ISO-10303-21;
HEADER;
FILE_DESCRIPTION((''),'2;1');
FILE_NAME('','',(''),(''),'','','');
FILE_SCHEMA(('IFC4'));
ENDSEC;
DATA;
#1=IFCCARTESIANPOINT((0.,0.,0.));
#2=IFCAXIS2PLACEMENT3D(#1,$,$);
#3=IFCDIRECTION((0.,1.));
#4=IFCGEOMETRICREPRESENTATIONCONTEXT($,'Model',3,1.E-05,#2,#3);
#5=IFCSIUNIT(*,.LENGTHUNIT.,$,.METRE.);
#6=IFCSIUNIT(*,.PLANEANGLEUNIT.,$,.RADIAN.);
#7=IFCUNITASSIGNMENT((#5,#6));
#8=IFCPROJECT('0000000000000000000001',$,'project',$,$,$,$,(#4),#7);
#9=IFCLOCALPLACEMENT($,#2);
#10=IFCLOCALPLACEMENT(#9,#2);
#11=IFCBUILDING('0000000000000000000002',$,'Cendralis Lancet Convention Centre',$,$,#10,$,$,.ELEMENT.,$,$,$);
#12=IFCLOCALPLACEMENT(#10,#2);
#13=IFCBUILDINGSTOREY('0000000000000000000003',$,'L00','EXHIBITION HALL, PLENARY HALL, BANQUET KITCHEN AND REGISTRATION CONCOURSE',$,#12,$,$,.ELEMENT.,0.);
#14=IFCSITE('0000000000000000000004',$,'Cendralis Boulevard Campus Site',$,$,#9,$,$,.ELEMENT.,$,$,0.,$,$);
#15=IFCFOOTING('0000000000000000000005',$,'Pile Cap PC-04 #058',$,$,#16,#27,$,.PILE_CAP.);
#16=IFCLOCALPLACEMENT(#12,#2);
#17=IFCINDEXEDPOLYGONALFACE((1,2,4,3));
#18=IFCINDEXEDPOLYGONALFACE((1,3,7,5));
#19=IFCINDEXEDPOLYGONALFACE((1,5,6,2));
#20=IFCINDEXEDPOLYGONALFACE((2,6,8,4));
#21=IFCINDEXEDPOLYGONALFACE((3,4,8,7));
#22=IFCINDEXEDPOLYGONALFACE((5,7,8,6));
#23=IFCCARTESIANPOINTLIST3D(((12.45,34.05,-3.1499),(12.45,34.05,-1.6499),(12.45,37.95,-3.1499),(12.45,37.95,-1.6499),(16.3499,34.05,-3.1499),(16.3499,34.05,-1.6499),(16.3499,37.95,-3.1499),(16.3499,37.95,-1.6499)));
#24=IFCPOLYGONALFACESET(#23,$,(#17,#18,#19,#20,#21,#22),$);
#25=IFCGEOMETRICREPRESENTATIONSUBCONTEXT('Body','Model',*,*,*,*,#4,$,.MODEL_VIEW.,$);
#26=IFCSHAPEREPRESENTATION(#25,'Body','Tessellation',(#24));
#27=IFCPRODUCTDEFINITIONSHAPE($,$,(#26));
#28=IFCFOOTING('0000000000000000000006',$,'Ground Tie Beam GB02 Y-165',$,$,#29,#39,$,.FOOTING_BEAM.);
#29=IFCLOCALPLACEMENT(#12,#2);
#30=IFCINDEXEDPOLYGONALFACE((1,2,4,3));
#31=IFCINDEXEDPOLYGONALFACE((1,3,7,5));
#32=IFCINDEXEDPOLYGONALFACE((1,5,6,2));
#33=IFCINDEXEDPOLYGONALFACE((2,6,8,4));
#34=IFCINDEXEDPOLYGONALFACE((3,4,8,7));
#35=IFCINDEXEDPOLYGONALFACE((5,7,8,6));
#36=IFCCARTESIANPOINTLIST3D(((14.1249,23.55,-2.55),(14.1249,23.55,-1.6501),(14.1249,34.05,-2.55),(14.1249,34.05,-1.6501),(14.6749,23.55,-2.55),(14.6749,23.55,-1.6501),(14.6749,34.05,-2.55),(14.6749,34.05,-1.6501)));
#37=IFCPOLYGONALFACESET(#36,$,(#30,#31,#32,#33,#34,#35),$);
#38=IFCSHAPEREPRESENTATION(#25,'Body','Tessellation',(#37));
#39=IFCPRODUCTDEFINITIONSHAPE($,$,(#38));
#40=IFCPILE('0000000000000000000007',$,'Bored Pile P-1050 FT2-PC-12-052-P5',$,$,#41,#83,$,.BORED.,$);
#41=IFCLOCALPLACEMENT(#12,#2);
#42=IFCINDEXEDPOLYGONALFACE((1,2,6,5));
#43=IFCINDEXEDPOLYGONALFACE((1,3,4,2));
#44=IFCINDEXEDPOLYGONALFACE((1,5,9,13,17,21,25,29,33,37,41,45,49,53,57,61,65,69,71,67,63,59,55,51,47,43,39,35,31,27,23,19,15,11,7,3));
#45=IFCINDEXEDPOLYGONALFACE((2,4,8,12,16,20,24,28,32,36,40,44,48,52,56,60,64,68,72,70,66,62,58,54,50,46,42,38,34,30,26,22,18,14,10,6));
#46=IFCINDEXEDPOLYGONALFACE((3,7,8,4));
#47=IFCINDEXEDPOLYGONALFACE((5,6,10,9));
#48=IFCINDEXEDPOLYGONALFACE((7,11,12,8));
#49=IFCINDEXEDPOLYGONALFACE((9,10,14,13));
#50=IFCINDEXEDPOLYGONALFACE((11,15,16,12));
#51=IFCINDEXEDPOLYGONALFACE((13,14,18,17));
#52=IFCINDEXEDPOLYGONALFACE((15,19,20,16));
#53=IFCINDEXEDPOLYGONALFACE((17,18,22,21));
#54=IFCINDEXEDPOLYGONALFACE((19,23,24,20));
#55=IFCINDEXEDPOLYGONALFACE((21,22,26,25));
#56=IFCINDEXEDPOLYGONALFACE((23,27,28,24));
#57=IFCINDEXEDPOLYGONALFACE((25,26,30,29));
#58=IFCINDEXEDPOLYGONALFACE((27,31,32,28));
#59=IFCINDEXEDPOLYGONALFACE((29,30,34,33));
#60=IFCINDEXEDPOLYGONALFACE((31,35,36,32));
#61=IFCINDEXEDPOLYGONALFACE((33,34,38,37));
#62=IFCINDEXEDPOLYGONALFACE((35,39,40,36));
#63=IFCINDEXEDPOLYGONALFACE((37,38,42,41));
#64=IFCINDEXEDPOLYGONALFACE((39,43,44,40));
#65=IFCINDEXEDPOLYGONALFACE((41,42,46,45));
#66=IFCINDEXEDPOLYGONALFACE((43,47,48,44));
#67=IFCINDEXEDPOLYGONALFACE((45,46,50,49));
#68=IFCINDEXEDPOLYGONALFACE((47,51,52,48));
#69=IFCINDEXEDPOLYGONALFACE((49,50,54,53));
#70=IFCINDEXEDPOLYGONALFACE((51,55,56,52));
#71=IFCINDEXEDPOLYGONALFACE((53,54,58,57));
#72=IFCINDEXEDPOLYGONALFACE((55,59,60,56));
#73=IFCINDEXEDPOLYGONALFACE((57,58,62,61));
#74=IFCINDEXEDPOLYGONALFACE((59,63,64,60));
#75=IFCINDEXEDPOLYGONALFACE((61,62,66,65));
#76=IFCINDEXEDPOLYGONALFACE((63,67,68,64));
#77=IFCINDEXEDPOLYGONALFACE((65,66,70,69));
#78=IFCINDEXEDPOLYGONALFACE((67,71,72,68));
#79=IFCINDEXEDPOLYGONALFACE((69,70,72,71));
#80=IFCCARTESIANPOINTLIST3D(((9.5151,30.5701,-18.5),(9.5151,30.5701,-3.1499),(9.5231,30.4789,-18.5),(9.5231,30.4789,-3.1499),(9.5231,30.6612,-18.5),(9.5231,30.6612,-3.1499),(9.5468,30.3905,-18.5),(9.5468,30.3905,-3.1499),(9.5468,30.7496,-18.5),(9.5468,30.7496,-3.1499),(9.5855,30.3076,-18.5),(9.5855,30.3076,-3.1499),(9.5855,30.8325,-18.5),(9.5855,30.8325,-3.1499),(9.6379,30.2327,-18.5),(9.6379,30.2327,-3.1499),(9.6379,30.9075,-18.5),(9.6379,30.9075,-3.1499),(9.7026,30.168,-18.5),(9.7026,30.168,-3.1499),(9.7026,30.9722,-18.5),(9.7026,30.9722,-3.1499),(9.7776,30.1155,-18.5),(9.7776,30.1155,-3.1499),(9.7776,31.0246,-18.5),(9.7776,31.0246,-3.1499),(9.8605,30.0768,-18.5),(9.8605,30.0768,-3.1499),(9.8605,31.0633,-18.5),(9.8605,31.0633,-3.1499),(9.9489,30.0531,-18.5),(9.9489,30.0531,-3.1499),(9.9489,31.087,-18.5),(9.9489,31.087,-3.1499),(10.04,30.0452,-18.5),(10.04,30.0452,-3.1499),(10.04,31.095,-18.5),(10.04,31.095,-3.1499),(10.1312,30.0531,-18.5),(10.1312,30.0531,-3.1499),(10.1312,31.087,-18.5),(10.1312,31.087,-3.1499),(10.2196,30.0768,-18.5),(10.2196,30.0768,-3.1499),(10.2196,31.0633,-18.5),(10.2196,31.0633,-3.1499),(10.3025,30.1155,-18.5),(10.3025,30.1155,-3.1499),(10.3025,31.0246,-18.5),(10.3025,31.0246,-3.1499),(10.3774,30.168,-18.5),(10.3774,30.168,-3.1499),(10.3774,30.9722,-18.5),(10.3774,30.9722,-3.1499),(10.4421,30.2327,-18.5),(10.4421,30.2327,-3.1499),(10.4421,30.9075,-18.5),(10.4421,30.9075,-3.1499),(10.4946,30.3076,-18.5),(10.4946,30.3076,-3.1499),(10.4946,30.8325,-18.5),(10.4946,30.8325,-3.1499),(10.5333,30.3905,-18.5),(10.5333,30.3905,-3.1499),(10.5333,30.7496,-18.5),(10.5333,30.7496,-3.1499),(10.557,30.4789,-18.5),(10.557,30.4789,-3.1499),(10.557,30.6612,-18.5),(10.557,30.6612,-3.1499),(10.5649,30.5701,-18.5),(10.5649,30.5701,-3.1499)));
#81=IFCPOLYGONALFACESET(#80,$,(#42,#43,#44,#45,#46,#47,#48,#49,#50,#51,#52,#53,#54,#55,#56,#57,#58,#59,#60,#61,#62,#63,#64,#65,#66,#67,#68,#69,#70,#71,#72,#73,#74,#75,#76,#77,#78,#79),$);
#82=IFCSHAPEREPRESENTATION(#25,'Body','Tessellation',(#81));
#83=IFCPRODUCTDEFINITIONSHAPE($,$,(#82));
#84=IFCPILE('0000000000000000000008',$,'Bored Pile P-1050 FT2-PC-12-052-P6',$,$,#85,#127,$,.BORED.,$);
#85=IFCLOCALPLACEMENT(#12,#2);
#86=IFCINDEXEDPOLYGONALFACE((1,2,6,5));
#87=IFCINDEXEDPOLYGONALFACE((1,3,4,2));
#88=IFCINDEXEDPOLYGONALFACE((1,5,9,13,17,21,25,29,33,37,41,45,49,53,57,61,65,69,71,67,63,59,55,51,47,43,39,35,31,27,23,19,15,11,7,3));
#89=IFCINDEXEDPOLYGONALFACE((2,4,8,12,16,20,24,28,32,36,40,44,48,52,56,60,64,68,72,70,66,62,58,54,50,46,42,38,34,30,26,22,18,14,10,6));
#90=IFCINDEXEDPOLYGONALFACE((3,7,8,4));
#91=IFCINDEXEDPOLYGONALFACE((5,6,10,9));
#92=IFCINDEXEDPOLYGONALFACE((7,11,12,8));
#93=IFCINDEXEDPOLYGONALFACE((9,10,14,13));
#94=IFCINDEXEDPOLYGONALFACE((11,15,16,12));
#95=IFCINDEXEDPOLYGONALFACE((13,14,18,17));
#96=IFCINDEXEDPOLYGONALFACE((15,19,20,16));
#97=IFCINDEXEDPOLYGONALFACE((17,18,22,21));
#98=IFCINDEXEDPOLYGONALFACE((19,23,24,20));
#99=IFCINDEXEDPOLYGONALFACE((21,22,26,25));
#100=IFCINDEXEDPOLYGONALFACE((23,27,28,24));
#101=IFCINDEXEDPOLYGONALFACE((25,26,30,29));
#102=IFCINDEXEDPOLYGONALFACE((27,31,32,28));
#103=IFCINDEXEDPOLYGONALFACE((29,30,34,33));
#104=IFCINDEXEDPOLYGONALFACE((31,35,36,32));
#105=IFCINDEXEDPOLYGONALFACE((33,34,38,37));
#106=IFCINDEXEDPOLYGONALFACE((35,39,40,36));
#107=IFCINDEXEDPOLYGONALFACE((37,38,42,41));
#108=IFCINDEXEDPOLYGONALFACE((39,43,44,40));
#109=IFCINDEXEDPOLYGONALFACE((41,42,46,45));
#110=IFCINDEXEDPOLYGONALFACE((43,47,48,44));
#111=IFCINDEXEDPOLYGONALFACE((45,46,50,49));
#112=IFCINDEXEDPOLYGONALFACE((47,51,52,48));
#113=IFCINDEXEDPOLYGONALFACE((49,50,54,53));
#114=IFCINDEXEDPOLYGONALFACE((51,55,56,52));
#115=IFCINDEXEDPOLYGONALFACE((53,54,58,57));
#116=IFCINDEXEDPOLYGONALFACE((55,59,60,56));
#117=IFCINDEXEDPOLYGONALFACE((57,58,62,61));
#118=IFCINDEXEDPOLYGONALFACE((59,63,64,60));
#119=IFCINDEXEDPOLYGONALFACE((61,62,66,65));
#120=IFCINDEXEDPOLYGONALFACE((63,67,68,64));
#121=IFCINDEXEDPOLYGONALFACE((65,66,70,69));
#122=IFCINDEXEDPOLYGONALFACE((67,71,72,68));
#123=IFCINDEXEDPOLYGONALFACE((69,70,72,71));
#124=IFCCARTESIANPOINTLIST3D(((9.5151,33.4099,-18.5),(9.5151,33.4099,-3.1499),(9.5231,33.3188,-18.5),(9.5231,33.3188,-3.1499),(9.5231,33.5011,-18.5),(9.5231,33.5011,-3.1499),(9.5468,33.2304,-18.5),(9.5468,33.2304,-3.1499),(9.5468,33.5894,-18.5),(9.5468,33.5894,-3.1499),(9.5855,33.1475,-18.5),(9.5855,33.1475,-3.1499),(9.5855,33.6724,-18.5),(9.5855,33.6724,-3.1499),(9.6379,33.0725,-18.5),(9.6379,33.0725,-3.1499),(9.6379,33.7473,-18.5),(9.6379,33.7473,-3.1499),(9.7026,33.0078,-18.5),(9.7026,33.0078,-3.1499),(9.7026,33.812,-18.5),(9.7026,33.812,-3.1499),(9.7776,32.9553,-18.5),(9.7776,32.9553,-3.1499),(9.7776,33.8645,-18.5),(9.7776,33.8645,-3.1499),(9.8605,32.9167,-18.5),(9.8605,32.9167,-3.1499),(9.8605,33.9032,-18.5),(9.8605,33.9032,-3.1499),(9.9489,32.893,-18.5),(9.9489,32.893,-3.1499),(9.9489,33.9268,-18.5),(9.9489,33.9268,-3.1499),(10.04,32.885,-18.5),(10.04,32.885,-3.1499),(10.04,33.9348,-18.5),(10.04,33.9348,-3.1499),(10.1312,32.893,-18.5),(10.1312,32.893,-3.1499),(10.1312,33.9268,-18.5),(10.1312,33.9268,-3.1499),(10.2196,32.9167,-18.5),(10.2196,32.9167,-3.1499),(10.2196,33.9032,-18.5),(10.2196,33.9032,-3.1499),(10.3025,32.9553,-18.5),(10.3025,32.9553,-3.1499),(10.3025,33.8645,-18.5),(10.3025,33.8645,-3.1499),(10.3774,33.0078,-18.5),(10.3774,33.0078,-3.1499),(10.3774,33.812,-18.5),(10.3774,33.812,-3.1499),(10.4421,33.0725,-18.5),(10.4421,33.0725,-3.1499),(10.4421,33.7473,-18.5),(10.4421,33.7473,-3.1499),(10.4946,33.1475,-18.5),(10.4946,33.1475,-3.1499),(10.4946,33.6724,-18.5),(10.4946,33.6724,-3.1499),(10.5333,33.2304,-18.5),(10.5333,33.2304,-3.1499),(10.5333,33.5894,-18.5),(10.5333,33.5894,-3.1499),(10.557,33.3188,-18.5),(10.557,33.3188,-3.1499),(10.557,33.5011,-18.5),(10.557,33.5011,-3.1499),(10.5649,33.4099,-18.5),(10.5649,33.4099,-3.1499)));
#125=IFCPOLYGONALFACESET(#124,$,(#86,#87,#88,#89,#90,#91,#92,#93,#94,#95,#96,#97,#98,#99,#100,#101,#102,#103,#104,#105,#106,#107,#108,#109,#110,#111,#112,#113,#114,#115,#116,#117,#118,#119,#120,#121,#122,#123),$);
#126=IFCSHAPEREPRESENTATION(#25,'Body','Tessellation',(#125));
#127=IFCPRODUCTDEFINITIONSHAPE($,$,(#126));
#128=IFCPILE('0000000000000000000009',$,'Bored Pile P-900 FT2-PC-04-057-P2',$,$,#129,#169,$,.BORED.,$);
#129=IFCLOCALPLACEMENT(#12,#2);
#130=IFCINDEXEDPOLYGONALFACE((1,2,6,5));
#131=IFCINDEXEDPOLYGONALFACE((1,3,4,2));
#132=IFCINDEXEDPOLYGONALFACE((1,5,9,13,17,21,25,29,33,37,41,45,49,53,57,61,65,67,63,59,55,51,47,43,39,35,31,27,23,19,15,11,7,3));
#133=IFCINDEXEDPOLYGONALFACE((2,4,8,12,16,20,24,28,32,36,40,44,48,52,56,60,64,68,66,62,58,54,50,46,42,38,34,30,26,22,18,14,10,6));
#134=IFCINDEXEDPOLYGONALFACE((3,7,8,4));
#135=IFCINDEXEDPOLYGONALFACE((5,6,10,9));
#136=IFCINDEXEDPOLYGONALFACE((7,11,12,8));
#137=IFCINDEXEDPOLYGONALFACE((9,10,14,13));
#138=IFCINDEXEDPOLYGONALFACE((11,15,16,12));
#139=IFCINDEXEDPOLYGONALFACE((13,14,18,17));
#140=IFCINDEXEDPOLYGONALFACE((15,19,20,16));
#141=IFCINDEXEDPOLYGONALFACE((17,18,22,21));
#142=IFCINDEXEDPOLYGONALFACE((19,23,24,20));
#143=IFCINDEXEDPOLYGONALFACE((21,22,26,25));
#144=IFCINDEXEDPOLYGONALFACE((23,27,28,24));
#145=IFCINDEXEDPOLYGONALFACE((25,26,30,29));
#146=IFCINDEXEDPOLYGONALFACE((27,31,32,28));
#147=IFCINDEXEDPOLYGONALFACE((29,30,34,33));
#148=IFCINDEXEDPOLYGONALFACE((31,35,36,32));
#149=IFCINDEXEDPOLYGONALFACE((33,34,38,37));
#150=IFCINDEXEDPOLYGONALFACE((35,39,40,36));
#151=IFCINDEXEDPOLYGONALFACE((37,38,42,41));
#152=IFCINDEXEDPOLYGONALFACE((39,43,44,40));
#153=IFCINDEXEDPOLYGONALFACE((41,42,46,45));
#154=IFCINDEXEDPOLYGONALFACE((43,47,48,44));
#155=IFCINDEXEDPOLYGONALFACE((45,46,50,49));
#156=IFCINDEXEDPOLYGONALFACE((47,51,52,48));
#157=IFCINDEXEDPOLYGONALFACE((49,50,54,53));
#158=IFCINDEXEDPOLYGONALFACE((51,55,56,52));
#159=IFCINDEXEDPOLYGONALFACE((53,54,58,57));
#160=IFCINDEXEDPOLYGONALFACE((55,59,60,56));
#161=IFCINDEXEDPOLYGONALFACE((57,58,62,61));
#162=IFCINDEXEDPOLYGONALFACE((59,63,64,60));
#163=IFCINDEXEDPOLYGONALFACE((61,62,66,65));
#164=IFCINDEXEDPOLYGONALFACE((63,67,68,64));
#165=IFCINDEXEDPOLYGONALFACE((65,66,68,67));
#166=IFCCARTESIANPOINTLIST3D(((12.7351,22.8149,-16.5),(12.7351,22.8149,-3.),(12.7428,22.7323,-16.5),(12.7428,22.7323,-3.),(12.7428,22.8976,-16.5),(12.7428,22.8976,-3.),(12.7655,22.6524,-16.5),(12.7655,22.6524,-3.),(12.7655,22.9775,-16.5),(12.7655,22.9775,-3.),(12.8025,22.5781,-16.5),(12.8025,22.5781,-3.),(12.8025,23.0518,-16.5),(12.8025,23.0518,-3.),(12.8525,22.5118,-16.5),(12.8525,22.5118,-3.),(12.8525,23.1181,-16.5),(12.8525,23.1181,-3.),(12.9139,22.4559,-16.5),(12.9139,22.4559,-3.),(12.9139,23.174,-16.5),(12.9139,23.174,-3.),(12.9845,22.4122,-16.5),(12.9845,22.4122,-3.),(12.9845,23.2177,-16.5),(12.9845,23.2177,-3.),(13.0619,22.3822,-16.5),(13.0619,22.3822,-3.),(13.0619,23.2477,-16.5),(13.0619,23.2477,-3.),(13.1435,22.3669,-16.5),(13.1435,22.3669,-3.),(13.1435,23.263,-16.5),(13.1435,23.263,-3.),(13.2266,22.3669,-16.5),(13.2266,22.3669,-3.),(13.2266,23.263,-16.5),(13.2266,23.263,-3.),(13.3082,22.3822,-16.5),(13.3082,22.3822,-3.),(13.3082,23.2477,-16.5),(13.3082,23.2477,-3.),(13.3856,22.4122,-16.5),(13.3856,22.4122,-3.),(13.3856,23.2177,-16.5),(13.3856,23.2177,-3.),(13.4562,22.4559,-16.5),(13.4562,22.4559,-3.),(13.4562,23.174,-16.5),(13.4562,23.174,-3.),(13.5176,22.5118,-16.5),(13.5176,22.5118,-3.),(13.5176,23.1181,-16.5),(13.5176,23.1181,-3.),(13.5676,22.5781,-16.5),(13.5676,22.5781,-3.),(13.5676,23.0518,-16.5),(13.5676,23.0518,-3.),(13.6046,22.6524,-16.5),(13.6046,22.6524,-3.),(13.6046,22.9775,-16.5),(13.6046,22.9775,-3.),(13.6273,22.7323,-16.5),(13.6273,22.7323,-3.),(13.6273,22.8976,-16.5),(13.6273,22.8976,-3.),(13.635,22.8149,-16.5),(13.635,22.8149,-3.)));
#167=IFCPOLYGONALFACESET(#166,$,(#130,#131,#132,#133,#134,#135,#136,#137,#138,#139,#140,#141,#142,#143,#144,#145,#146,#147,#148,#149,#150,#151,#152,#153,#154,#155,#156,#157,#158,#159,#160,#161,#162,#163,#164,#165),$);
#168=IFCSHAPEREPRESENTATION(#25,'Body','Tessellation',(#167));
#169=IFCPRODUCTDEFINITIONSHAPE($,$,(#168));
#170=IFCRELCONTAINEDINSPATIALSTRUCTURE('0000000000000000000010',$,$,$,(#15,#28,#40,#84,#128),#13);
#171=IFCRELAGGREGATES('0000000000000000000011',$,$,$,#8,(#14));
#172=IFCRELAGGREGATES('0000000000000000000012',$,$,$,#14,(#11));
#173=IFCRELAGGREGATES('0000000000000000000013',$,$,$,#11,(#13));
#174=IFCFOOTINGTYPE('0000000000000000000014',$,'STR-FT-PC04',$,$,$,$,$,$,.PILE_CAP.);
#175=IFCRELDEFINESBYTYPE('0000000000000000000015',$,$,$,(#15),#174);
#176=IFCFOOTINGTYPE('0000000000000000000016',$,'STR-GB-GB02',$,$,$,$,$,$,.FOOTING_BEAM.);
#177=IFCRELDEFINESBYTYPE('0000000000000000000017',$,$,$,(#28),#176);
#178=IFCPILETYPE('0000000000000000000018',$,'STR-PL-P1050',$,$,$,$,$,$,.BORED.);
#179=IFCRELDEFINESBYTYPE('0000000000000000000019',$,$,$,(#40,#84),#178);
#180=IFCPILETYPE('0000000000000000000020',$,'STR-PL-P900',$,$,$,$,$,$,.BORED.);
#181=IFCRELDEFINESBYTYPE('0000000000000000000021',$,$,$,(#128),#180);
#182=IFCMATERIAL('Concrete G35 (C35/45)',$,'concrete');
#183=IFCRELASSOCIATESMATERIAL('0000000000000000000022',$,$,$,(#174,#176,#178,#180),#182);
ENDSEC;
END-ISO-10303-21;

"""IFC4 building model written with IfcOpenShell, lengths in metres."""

from ifc_helpers import new_model, si_unit, direction, frame, origin, origin_2d, place, context, subcontext, project, spatial, rectangle, circle, extrude, material, material_profile, profile_set, type_object, element, save


model = new_model("IFC4")

# Units and contexts
model_context = context("Model", 3, precision=1e-05, world=origin(), true_north=direction((0.0, 1.0)))
body_context = subcontext(model_context, "Body", "Model", "MODEL_VIEW")
ifc_project = project(units=[si_unit("LENGTHUNIT", "METRE"), si_unit("PLANEANGLEUNIT", "RADIAN")], contexts=[model_context])

# Site, building, storey
site_placement = place(None, origin())
site = spatial("IfcSite", under=ifc_project, at=site_placement, Name="Cendralis Boulevard Campus Site", CompositionType="ELEMENT", RefElevation=0.0)
building_placement = place(site_placement, origin())
building = spatial("IfcBuilding", under=site, at=building_placement, Name="Cendralis Lancet Convention Centre", CompositionType="ELEMENT")
storey_placement = place(building_placement, origin())
storey = spatial("IfcBuildingStorey", under=building, at=storey_placement, Name="L00", Description="EXHIBITION HALL, PLENARY HALL, BANQUET KITCHEN AND REGISTRATION CONCOURSE", CompositionType="ELEMENT", Elevation=0.0)

# Footings
ifc_material_1 = material(Name="Concrete G35 (C35/45)", Category="concrete")
footing_type_1 = type_object("IfcFootingType", Name="STR-FT-PC04", PredefinedType="PILE_CAP", material=ifc_material_1)
footing_1_placement = place(storey_placement, frame((14.3999, 36.0, -3.1499), z_axis=(0.0, 0.0, 1.0), x_axis=(1.0, 0.0, 0.0)))
element("IfcFooting", 1, at=footing_1_placement, inside=storey, type_object=footing_type_1, Name="Pile Cap PC-04 #058", PredefinedType="PILE_CAP", context=body_context, shape_type="SweptSolid", body=[
    extrude(rectangle(XDim=3.8999, YDim=3.8999, at=origin_2d()), origin(), (0.0, 0.0, 1.0), 1.5),
])
ifc_material_profile_1 = material_profile(ifc_material_1, rectangle(XDim=0.55, YDim=0.8999, at=origin_2d()), Name="RCB 550x900")
ifc_profile_set_1 = profile_set([ifc_material_profile_1], Name="Concrete G35 (C35/45)")
footing_type_2 = type_object("IfcFootingType", Name="STR-GB-GB02", PredefinedType="FOOTING_BEAM", material=ifc_profile_set_1)
footing_2_placement = place(storey_placement, frame((14.3999, 23.55, -2.1001), z_axis=(0.0, 1.0, 0.0), x_axis=(-1.0, 0.0, 0.0)))
element("IfcFooting", 2, at=footing_2_placement, inside=storey, type_object=footing_type_2, Name="Ground Tie Beam GB02 Y-165", PredefinedType="FOOTING_BEAM", context=body_context, shape_type="SweptSolid", body=[
    extrude(rectangle(XDim=0.55, YDim=0.8999, at=origin_2d()), origin(), (0.0, 0.0, 1.0), 10.5),
])

# Piles
ifc_material_profile_2 = material_profile(ifc_material_1, circle(Radius=0.5249, at=origin_2d()), Name="BORED PILE D1050")
ifc_profile_set_2 = profile_set([ifc_material_profile_2], Name="Concrete G35 (C35/45)")
pile_type_1 = type_object("IfcPileType", Name="STR-PL-P1050", PredefinedType="BORED", material=ifc_profile_set_2)
for number, where, z_axis, x_axis, name in (
    (3, (10.04, 30.5701, -3.1499), (0.0, 0.0, -1.0), (1.0, 0.0, 0.0), "Bored Pile P-1050 FT2-PC-12-052-P5"),
    (4, (10.04, 33.4099, -3.1499), (0.0, 0.0, -1.0), (1.0, 0.0, 0.0), "Bored Pile P-1050 FT2-PC-12-052-P6"),
):
    element("IfcPile", number, at=place(storey_placement, frame(where, z_axis=z_axis, x_axis=x_axis)), inside=storey, type_object=pile_type_1, Name=name, PredefinedType="BORED", context=body_context, shape_type="SweptSolid", body=[
        extrude(circle(Radius=0.5249, at=origin_2d()), origin(), (0.0, 0.0, 1.0), 15.3501),
    ])
ifc_material_profile_3 = material_profile(ifc_material_1, circle(Radius=0.45, at=origin_2d()), Name="BORED PILE D900")
ifc_profile_set_3 = profile_set([ifc_material_profile_3], Name="Concrete G35 (C35/45)")
pile_type_2 = type_object("IfcPileType", Name="STR-PL-P900", PredefinedType="BORED", material=ifc_profile_set_3)
for number, where, z_axis, x_axis, name in (
    (5, (13.1851, 22.8149, -3.0), (0.0, 0.0, -1.0), (1.0, 0.0, 0.0), "Bored Pile P-900 FT2-PC-04-057-P2"),
):
    element("IfcPile", number, at=place(storey_placement, frame(where, z_axis=z_axis, x_axis=x_axis)), inside=storey, type_object=pile_type_2, Name=name, PredefinedType="BORED", context=body_context, shape_type="SweptSolid", body=[
        extrude(circle(Radius=0.45, at=origin_2d()), origin(), (0.0, 0.0, 1.0), 13.5),
    ])

save(model, "model.ifc")
